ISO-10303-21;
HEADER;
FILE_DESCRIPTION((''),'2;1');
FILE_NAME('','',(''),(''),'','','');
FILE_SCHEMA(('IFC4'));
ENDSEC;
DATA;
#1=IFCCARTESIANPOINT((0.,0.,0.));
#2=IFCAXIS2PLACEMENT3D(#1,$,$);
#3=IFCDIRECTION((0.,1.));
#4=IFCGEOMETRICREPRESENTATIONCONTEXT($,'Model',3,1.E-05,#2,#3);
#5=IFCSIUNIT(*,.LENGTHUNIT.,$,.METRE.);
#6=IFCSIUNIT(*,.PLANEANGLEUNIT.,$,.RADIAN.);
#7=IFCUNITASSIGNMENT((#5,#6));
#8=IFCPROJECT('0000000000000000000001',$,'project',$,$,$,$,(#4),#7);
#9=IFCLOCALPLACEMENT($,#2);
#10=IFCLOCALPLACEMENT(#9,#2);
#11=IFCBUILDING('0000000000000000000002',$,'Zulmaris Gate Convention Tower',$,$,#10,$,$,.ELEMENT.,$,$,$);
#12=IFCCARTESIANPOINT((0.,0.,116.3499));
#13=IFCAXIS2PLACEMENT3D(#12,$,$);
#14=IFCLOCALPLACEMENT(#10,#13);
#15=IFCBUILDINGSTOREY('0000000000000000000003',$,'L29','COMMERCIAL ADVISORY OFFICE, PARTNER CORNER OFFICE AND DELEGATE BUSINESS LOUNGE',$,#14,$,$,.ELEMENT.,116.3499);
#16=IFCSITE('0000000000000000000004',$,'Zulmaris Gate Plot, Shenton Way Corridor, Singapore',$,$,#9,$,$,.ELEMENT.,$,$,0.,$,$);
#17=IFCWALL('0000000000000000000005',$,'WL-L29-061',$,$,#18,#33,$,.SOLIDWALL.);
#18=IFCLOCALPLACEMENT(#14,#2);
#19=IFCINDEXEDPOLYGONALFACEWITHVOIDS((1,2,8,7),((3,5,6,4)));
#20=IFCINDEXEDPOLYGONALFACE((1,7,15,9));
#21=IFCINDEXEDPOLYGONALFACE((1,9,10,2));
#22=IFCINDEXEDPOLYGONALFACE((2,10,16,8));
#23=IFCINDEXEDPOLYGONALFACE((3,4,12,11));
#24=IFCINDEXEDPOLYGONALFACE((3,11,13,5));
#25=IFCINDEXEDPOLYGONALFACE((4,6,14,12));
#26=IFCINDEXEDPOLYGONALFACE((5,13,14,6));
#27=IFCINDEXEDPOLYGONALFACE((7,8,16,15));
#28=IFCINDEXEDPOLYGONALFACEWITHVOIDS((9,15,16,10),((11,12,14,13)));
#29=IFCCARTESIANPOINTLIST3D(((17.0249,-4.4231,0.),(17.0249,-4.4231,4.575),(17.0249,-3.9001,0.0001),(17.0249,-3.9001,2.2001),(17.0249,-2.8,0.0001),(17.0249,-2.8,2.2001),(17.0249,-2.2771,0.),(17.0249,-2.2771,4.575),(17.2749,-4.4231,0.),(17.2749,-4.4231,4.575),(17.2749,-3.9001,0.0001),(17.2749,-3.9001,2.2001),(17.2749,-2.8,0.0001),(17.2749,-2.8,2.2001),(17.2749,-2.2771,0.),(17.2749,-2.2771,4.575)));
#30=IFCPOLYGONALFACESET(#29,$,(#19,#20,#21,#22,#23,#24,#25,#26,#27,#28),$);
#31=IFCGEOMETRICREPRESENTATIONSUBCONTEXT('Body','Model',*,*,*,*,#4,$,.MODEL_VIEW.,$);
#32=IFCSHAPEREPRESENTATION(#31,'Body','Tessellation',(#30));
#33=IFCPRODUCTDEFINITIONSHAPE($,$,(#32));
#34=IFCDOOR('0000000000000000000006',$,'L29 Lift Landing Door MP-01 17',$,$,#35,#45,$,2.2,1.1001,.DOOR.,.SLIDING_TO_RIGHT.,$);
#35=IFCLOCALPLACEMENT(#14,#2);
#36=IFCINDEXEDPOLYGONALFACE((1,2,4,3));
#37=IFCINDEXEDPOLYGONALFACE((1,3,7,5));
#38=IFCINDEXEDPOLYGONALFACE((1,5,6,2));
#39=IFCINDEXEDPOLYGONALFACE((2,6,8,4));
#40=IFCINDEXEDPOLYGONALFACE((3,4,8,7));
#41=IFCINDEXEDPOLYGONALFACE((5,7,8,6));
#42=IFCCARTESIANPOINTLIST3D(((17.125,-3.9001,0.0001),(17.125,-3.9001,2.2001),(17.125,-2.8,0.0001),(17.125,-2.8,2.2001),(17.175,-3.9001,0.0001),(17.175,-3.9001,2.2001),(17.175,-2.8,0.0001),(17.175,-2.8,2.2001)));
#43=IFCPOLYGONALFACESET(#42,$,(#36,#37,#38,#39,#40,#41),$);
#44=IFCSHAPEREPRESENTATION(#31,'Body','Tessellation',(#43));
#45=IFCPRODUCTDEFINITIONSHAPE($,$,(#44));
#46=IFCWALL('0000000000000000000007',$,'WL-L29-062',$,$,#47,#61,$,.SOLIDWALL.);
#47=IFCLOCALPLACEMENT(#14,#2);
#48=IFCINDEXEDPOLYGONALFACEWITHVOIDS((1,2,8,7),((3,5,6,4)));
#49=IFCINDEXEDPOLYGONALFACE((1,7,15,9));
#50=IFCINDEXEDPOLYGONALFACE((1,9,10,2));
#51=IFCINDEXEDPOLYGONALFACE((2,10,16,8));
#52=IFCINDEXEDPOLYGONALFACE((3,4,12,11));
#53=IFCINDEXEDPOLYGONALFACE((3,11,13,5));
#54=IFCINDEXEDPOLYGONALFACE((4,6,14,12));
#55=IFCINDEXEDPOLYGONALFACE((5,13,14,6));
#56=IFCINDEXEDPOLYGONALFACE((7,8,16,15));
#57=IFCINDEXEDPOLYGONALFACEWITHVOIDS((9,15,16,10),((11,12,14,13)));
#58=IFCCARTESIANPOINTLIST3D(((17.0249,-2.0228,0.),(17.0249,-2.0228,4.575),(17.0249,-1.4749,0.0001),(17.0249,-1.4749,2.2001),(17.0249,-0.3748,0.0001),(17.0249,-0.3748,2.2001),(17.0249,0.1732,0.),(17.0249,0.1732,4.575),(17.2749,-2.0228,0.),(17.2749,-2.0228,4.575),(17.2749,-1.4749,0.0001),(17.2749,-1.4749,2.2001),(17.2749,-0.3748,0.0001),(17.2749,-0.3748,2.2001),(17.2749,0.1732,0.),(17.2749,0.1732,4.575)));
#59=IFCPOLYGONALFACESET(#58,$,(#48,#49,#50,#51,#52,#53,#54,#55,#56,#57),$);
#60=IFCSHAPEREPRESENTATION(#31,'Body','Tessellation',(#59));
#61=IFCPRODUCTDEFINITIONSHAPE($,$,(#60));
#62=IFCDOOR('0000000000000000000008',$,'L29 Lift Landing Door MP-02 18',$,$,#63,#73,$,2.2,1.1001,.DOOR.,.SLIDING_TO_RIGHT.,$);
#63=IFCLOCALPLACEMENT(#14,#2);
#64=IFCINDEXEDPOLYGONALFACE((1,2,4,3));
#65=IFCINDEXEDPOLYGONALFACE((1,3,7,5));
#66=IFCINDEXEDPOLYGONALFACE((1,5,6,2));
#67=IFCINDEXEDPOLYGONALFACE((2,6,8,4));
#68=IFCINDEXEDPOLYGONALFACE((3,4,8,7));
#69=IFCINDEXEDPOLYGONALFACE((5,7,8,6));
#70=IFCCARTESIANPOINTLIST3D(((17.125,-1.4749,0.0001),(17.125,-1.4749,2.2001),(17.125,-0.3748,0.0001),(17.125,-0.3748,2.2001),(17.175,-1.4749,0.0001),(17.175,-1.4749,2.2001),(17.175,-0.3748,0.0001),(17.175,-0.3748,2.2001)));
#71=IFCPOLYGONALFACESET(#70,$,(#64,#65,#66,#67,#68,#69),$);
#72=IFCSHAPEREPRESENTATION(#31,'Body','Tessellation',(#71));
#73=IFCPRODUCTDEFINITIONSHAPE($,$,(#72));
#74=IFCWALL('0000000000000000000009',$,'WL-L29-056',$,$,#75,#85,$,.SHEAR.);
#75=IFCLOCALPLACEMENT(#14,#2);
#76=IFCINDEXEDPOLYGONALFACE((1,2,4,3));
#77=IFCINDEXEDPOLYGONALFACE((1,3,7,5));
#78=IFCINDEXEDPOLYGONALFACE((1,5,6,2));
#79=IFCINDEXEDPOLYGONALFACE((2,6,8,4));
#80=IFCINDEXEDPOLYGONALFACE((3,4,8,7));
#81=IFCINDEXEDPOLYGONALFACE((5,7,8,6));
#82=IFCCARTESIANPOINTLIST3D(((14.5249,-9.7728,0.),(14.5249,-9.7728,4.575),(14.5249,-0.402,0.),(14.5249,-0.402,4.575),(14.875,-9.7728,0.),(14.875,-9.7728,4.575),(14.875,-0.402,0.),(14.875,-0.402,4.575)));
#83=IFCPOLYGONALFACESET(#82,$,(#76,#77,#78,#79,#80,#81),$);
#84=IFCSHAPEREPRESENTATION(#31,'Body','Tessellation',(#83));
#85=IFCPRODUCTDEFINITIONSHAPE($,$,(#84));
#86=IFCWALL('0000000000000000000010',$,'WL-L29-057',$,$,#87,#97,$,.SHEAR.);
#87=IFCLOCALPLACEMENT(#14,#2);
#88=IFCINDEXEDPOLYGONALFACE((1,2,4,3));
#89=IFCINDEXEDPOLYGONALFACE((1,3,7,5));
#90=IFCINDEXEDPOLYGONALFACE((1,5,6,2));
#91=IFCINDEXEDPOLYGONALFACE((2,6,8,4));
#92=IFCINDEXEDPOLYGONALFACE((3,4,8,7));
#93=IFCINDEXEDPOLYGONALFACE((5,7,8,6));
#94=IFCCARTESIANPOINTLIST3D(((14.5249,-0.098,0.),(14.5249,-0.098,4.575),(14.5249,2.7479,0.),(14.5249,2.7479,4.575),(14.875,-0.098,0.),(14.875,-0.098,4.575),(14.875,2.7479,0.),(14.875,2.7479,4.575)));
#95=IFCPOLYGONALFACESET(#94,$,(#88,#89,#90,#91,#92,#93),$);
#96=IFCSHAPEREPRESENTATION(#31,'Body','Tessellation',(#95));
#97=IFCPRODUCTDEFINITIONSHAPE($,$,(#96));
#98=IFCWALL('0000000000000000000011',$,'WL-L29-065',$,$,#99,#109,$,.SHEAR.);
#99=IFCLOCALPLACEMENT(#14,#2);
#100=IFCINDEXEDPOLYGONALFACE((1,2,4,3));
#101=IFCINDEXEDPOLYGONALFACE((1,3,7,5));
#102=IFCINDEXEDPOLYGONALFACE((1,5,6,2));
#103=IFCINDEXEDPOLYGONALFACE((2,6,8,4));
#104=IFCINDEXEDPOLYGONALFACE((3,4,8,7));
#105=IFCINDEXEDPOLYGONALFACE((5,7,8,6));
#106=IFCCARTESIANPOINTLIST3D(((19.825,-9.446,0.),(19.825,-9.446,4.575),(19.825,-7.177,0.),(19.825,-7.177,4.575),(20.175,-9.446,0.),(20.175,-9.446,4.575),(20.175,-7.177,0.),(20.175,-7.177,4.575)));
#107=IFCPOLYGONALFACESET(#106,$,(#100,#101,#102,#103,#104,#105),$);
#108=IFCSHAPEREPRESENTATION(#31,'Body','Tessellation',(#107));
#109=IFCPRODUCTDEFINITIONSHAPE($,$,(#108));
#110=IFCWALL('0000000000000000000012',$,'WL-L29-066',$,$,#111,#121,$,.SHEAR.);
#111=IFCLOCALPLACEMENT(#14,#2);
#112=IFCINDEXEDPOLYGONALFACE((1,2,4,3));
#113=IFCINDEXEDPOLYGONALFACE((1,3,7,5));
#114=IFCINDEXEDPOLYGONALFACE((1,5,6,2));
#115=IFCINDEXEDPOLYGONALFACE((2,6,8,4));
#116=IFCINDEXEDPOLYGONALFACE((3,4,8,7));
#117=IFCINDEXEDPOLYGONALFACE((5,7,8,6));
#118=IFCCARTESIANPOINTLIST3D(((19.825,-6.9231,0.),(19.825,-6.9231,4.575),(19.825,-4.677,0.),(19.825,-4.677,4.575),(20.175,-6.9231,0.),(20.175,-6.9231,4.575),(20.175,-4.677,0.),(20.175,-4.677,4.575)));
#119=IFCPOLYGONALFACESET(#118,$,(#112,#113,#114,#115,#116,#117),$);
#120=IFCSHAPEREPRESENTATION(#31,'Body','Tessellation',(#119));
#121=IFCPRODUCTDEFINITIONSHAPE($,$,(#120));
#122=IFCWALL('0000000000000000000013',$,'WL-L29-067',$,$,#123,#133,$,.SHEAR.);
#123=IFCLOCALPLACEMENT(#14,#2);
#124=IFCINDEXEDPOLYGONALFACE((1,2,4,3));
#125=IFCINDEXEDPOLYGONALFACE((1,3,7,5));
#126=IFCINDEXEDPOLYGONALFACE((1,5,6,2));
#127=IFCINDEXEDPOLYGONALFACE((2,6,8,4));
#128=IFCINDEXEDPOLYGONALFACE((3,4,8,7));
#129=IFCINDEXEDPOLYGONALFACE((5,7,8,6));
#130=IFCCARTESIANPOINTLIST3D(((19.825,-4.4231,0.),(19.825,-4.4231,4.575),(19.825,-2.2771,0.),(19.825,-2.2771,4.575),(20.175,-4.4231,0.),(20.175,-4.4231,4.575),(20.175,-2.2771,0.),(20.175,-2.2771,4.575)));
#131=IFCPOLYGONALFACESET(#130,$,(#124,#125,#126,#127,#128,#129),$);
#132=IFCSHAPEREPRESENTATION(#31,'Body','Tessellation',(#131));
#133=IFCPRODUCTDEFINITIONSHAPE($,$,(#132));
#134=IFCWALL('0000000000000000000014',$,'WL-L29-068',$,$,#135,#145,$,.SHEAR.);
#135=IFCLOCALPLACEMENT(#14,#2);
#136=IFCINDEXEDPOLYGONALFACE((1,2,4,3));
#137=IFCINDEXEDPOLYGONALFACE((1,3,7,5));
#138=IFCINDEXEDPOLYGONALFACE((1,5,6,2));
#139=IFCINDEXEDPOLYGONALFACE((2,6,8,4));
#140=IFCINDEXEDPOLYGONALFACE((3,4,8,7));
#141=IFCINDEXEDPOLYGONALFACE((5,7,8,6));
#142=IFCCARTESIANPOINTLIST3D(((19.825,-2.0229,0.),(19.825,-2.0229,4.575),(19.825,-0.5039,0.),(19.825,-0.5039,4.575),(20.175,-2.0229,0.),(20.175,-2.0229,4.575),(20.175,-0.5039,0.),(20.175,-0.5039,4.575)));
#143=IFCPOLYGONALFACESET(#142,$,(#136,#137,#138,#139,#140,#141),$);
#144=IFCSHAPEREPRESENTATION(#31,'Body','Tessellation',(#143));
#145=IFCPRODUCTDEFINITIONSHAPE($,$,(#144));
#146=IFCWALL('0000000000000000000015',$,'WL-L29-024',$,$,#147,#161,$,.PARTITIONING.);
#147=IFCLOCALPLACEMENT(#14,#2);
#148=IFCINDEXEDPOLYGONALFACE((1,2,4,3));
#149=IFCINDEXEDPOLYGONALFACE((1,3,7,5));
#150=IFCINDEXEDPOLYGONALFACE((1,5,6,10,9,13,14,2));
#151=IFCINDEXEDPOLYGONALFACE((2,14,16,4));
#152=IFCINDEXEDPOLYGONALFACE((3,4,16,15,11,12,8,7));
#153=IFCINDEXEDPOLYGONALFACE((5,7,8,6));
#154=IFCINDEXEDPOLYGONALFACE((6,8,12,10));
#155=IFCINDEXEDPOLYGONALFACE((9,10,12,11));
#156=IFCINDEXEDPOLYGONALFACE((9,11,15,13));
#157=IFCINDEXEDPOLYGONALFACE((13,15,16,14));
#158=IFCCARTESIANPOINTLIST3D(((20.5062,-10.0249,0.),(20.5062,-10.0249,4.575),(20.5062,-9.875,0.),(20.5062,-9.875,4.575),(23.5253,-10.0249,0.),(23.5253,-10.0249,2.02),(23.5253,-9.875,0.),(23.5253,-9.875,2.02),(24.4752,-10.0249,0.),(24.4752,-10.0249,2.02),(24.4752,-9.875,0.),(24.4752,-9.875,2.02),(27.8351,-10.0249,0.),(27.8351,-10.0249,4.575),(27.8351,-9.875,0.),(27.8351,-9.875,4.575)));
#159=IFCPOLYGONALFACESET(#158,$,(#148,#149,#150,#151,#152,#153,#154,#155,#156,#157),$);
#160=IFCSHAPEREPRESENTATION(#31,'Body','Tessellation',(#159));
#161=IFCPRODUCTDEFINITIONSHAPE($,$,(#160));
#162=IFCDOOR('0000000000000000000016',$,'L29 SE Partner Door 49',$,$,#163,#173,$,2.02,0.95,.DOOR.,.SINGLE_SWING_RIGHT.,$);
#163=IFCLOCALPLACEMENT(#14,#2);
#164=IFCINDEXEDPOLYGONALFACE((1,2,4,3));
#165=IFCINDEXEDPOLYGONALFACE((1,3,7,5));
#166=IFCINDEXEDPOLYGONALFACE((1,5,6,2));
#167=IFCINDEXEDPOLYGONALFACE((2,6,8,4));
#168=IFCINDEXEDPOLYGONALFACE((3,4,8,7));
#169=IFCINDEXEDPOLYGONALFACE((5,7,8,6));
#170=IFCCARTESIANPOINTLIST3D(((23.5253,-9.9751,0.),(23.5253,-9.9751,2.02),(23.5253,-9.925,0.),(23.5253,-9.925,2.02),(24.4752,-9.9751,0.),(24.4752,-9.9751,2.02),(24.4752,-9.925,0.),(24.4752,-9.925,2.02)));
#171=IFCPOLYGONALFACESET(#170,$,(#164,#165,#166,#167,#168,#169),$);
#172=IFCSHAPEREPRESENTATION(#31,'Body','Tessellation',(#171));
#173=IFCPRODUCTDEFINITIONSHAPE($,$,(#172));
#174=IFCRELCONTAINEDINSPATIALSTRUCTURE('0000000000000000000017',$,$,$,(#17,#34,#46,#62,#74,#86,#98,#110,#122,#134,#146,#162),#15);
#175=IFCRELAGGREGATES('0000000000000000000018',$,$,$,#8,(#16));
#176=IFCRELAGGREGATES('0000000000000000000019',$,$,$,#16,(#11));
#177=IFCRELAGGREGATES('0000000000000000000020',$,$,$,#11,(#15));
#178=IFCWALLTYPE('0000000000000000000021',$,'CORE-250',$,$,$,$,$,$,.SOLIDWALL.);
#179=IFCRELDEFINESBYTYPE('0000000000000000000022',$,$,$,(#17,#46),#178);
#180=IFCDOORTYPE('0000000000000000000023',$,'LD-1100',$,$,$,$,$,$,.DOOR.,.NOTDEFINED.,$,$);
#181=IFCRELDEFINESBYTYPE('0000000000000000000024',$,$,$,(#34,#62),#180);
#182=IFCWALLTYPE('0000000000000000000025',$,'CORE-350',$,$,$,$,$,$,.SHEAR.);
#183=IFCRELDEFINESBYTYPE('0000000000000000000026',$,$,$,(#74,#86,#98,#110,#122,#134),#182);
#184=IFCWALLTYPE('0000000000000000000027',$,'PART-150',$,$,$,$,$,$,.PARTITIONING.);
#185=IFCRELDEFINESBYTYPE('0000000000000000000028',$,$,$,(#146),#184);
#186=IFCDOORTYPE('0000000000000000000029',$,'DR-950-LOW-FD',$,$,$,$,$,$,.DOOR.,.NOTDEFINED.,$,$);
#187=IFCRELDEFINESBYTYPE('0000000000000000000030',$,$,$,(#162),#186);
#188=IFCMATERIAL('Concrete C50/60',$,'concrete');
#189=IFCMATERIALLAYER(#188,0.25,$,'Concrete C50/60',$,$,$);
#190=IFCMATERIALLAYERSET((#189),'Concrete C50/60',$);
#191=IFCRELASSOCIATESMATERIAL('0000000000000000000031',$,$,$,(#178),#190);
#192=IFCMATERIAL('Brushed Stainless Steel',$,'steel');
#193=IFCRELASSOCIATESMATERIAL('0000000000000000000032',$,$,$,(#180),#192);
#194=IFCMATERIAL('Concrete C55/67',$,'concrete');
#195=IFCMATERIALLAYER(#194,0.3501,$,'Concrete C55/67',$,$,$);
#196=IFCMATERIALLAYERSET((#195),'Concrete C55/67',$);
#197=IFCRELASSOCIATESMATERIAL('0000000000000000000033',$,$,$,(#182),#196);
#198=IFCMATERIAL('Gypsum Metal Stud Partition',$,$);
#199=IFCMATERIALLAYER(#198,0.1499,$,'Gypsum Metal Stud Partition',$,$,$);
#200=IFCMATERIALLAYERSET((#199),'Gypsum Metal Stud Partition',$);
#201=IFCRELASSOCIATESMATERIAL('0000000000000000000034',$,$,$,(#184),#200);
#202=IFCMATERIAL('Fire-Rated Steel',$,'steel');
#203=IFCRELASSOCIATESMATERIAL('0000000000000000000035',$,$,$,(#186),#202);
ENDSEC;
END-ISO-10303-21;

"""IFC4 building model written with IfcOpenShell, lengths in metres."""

from ifc_helpers import new_model, si_unit, direction, frame, frame_2d, origin, place, context, subcontext, project, spatial, rectangle, extrude, material, layer, layer_set, type_object, element, fill, save


model = new_model("IFC4")

# Units and contexts
model_context = context("Model", 3, precision=1e-05, world=origin(), true_north=direction((0.0, 1.0)))
body_context = subcontext(model_context, "Body", "Model", "MODEL_VIEW")
ifc_project = project(units=[si_unit("LENGTHUNIT", "METRE"), si_unit("PLANEANGLEUNIT", "RADIAN")], contexts=[model_context])

# Site, building, storey
site_placement = place(None, origin())
site = spatial("IfcSite", under=ifc_project, at=site_placement, Name="Zulmaris Gate Plot, Shenton Way Corridor, Singapore", CompositionType="ELEMENT", RefElevation=0.0)
building_placement = place(site_placement, origin())
building = spatial("IfcBuilding", under=site, at=building_placement, Name="Zulmaris Gate Convention Tower", CompositionType="ELEMENT")
storey_placement = place(building_placement, frame((0.0, 0.0, 116.3499)))
storey = spatial("IfcBuildingStorey", under=building, at=storey_placement, Name="L29", Description="COMMERCIAL ADVISORY OFFICE, PARTNER CORNER OFFICE AND DELEGATE BUSINESS LOUNGE", CompositionType="ELEMENT", Elevation=116.3499)

# Shared definitions
ifc_material_1 = material(Name="Concrete C50/60", Category="concrete")
ifc_layer_1 = layer(ifc_material_1, 0.25, Name="Concrete C50/60")
ifc_layer_set_1 = layer_set([ifc_layer_1], Name="Concrete C50/60")
wall_type_1 = type_object("IfcWallType", Name="CORE-250", PredefinedType="SOLIDWALL", material=ifc_layer_set_1)

# Walls, openings, doors
wall_1_placement = place(storey_placement, frame((17.1499, -4.4231, 0.0), z_axis=(0.0, 0.0, 1.0), x_axis=(0.0, 1.0, 0.0)))
wall_1 = element("IfcWall", 1, at=wall_1_placement, inside=storey, type_object=wall_type_1, Name="WL-L29-061", PredefinedType="SOLIDWALL", context=body_context, shape_type="SweptSolid", body=[
    extrude(rectangle(XDim=2.146, YDim=0.25, at=frame_2d((1.073, 0.0))), origin(), (0.0, 0.0, 1.0), 4.575),
])
opening_1_placement = place(wall_1_placement, frame((0.5229, 0.0, 0.0)))
opening_1 = element("IfcOpeningElement", 2, at=opening_1_placement, cuts=wall_1, PredefinedType="OPENING", context=body_context, shape_type="SweptSolid", body=[
    extrude(rectangle(XDim=1.1001, YDim=2.2, at=frame_2d((0.55, 1.1001))), frame((0.0, 0.135, 0.0), z_axis=(0.0, -1.0, 0.0), x_axis=(1.0, 0.0, 0.0)), (0.0, 0.0, 1.0), 0.27),
])
ifc_material_2 = material(Name="Brushed Stainless Steel", Category="steel")
door_type_1 = type_object("IfcDoorType", Name="LD-1100", OperationType="NOTDEFINED", PredefinedType="DOOR", material=ifc_material_2)
door_1_placement = place(opening_1_placement, origin())
door_1 = element("IfcDoor", 3, at=door_1_placement, inside=storey, type_object=door_type_1, Name="L29 Lift Landing Door MP-01 17", OperationType="SLIDING_TO_RIGHT", OverallHeight=2.2, OverallWidth=1.1001, PredefinedType="DOOR", context=body_context, shape_type="SweptSolid", body=[
    extrude(rectangle(XDim=1.1001, YDim=2.2, at=frame_2d((0.55, 1.1001))), frame((0.0, 0.0249, 0.0), z_axis=(0.0, -1.0, 0.0), x_axis=(1.0, 0.0, 0.0)), (0.0, 0.0, 1.0), 0.05),
])
fill(opening_1, door_1)
wall_2_placement = place(storey_placement, frame((17.1499, -2.0229, 0.0), z_axis=(0.0, 0.0, 1.0), x_axis=(0.0, 1.0, 0.0)))
wall_2 = element("IfcWall", 4, at=wall_2_placement, inside=storey, type_object=wall_type_1, Name="WL-L29-062", PredefinedType="SOLIDWALL", context=body_context, shape_type="SweptSolid", body=[
    extrude(rectangle(XDim=2.196, YDim=0.25, at=frame_2d((1.0981, 0.0))), origin(), (0.0, 0.0, 1.0), 4.575),
])
opening_2_placement = place(wall_2_placement, frame((0.5481, 0.0, 0.0)))
opening_2 = element("IfcOpeningElement", 5, at=opening_2_placement, cuts=wall_2, PredefinedType="OPENING", context=body_context, shape_type="SweptSolid", body=[
    extrude(rectangle(XDim=1.1001, YDim=2.2, at=frame_2d((0.55, 1.1001))), frame((0.0, 0.135, 0.0), z_axis=(0.0, -1.0, 0.0), x_axis=(1.0, 0.0, 0.0)), (0.0, 0.0, 1.0), 0.27),
])
door_2_placement = place(opening_2_placement, origin())
door_2 = element("IfcDoor", 6, at=door_2_placement, inside=storey, type_object=door_type_1, Name="L29 Lift Landing Door MP-02 18", OperationType="SLIDING_TO_RIGHT", OverallHeight=2.2, OverallWidth=1.1001, PredefinedType="DOOR", context=body_context, shape_type="SweptSolid", body=[
    extrude(rectangle(XDim=1.1001, YDim=2.2, at=frame_2d((0.55, 1.1001))), frame((0.0, 0.0249, 0.0), z_axis=(0.0, -1.0, 0.0), x_axis=(1.0, 0.0, 0.0)), (0.0, 0.0, 1.0), 0.05),
])
fill(opening_2, door_2)

# Walls
ifc_material_3 = material(Name="Concrete C55/67", Category="concrete")
ifc_layer_2 = layer(ifc_material_3, 0.3501, Name="Concrete C55/67")
ifc_layer_set_2 = layer_set([ifc_layer_2], Name="Concrete C55/67")
wall_type_2 = type_object("IfcWallType", Name="CORE-350", PredefinedType="SHEAR", material=ifc_layer_set_2)
wall_3_placement = place(storey_placement, frame((14.7, -9.7729, 0.0), z_axis=(0.0, 0.0, 1.0), x_axis=(0.0, 1.0, 0.0)))
element("IfcWall", 7, at=wall_3_placement, inside=storey, type_object=wall_type_2, Name="WL-L29-056", PredefinedType="SHEAR", context=body_context, shape_type="SweptSolid", body=[
    extrude(rectangle(XDim=9.3708, YDim=0.3501, at=frame_2d((4.6855, 0.0))), origin(), (0.0, 0.0, 1.0), 4.575),
])
wall_4_placement = place(storey_placement, frame((14.7, -0.0979, 0.0), z_axis=(0.0, 0.0, 1.0), x_axis=(0.0, 1.0, 0.0)))
element("IfcWall", 8, at=wall_4_placement, inside=storey, type_object=wall_type_2, Name="WL-L29-057", PredefinedType="SHEAR", context=body_context, shape_type="SweptSolid", body=[
    extrude(rectangle(XDim=2.8459, YDim=0.3501, at=frame_2d((1.4229, 0.0))), origin(), (0.0, 0.0, 1.0), 4.575),
])
wall_5_placement = place(storey_placement, frame((20.0, -9.446, 0.0), z_axis=(0.0, 0.0, 1.0), x_axis=(0.0, 1.0, 0.0)))
element("IfcWall", 9, at=wall_5_placement, inside=storey, type_object=wall_type_2, Name="WL-L29-065", PredefinedType="SHEAR", context=body_context, shape_type="SweptSolid", body=[
    extrude(rectangle(XDim=2.269, YDim=0.3501, at=frame_2d((1.1345, 0.0))), origin(), (0.0, 0.0, 1.0), 4.575),
])
wall_6_placement = place(storey_placement, frame((20.0, -6.9231, 0.0), z_axis=(0.0, 0.0, 1.0), x_axis=(0.0, 1.0, 0.0)))
element("IfcWall", 10, at=wall_6_placement, inside=storey, type_object=wall_type_2, Name="WL-L29-066", PredefinedType="SHEAR", context=body_context, shape_type="SweptSolid", body=[
    extrude(rectangle(XDim=2.2461, YDim=0.3501, at=frame_2d((1.123, 0.0))), origin(), (0.0, 0.0, 1.0), 4.575),
])
wall_7_placement = place(storey_placement, frame((20.0, -4.4231, 0.0), z_axis=(0.0, 0.0, 1.0), x_axis=(0.0, 1.0, 0.0)))
element("IfcWall", 11, at=wall_7_placement, inside=storey, type_object=wall_type_2, Name="WL-L29-067", PredefinedType="SHEAR", context=body_context, shape_type="SweptSolid", body=[
    extrude(rectangle(XDim=2.146, YDim=0.3501, at=frame_2d((1.073, 0.0))), origin(), (0.0, 0.0, 1.0), 4.575),
])
wall_8_placement = place(storey_placement, frame((20.0, -2.0229, 0.0), z_axis=(0.0, 0.0, 1.0), x_axis=(0.0, 1.0, 0.0)))
element("IfcWall", 12, at=wall_8_placement, inside=storey, type_object=wall_type_2, Name="WL-L29-068", PredefinedType="SHEAR", context=body_context, shape_type="SweptSolid", body=[
    extrude(rectangle(XDim=1.519, YDim=0.3501, at=frame_2d((0.7595, 0.0))), origin(), (0.0, 0.0, 1.0), 4.575),
])

# Wall, opening, door
ifc_material_4 = material(Name="Gypsum Metal Stud Partition")
ifc_layer_3 = layer(ifc_material_4, 0.1499, Name="Gypsum Metal Stud Partition")
ifc_layer_set_3 = layer_set([ifc_layer_3], Name="Gypsum Metal Stud Partition")
wall_type_3 = type_object("IfcWallType", Name="PART-150", PredefinedType="PARTITIONING", material=ifc_layer_set_3)
wall_9_placement = place(storey_placement, frame((20.5061, -9.95, 0.0), z_axis=(0.0, 0.0, 1.0), x_axis=(1.0, 0.0, 0.0)))
wall_9 = element("IfcWall", 13, at=wall_9_placement, inside=storey, type_object=wall_type_3, Name="WL-L29-024", PredefinedType="PARTITIONING", context=body_context, shape_type="SweptSolid", body=[
    extrude(rectangle(XDim=7.3289, YDim=0.1499, at=frame_2d((3.6646, 0.0))), origin(), (0.0, 0.0, 1.0), 4.575),
])
opening_3_placement = place(wall_9_placement, frame((3.019, 0.0, 0.0)))
opening_3 = element("IfcOpeningElement", 14, at=opening_3_placement, cuts=wall_9, PredefinedType="OPENING", context=body_context, shape_type="SweptSolid", body=[
    extrude(rectangle(XDim=0.95, YDim=2.02, at=frame_2d((0.4751, 1.01))), frame((0.0, 0.085, 0.0), z_axis=(0.0, -1.0, 0.0), x_axis=(1.0, 0.0, 0.0)), (0.0, 0.0, 1.0), 0.1699),
])
ifc_material_5 = material(Name="Fire-Rated Steel", Category="steel")
door_type_2 = type_object("IfcDoorType", Name="DR-950-LOW-FD", OperationType="NOTDEFINED", PredefinedType="DOOR", material=ifc_material_5)
door_3_placement = place(opening_3_placement, origin())
door_3 = element("IfcDoor", 15, at=door_3_placement, inside=storey, type_object=door_type_2, Name="L29 SE Partner Door 49", OperationType="SINGLE_SWING_RIGHT", OverallHeight=2.02, OverallWidth=0.95, PredefinedType="DOOR", context=body_context, shape_type="SweptSolid", body=[
    extrude(rectangle(XDim=0.95, YDim=2.02, at=frame_2d((0.4751, 1.01))), frame((0.0, 0.0249, 0.0), z_axis=(0.0, -1.0, 0.0), x_axis=(1.0, 0.0, 0.0)), (0.0, 0.0, 1.0), 0.05),
])
fill(opening_3, door_3)

save(model, "model.ifc")
